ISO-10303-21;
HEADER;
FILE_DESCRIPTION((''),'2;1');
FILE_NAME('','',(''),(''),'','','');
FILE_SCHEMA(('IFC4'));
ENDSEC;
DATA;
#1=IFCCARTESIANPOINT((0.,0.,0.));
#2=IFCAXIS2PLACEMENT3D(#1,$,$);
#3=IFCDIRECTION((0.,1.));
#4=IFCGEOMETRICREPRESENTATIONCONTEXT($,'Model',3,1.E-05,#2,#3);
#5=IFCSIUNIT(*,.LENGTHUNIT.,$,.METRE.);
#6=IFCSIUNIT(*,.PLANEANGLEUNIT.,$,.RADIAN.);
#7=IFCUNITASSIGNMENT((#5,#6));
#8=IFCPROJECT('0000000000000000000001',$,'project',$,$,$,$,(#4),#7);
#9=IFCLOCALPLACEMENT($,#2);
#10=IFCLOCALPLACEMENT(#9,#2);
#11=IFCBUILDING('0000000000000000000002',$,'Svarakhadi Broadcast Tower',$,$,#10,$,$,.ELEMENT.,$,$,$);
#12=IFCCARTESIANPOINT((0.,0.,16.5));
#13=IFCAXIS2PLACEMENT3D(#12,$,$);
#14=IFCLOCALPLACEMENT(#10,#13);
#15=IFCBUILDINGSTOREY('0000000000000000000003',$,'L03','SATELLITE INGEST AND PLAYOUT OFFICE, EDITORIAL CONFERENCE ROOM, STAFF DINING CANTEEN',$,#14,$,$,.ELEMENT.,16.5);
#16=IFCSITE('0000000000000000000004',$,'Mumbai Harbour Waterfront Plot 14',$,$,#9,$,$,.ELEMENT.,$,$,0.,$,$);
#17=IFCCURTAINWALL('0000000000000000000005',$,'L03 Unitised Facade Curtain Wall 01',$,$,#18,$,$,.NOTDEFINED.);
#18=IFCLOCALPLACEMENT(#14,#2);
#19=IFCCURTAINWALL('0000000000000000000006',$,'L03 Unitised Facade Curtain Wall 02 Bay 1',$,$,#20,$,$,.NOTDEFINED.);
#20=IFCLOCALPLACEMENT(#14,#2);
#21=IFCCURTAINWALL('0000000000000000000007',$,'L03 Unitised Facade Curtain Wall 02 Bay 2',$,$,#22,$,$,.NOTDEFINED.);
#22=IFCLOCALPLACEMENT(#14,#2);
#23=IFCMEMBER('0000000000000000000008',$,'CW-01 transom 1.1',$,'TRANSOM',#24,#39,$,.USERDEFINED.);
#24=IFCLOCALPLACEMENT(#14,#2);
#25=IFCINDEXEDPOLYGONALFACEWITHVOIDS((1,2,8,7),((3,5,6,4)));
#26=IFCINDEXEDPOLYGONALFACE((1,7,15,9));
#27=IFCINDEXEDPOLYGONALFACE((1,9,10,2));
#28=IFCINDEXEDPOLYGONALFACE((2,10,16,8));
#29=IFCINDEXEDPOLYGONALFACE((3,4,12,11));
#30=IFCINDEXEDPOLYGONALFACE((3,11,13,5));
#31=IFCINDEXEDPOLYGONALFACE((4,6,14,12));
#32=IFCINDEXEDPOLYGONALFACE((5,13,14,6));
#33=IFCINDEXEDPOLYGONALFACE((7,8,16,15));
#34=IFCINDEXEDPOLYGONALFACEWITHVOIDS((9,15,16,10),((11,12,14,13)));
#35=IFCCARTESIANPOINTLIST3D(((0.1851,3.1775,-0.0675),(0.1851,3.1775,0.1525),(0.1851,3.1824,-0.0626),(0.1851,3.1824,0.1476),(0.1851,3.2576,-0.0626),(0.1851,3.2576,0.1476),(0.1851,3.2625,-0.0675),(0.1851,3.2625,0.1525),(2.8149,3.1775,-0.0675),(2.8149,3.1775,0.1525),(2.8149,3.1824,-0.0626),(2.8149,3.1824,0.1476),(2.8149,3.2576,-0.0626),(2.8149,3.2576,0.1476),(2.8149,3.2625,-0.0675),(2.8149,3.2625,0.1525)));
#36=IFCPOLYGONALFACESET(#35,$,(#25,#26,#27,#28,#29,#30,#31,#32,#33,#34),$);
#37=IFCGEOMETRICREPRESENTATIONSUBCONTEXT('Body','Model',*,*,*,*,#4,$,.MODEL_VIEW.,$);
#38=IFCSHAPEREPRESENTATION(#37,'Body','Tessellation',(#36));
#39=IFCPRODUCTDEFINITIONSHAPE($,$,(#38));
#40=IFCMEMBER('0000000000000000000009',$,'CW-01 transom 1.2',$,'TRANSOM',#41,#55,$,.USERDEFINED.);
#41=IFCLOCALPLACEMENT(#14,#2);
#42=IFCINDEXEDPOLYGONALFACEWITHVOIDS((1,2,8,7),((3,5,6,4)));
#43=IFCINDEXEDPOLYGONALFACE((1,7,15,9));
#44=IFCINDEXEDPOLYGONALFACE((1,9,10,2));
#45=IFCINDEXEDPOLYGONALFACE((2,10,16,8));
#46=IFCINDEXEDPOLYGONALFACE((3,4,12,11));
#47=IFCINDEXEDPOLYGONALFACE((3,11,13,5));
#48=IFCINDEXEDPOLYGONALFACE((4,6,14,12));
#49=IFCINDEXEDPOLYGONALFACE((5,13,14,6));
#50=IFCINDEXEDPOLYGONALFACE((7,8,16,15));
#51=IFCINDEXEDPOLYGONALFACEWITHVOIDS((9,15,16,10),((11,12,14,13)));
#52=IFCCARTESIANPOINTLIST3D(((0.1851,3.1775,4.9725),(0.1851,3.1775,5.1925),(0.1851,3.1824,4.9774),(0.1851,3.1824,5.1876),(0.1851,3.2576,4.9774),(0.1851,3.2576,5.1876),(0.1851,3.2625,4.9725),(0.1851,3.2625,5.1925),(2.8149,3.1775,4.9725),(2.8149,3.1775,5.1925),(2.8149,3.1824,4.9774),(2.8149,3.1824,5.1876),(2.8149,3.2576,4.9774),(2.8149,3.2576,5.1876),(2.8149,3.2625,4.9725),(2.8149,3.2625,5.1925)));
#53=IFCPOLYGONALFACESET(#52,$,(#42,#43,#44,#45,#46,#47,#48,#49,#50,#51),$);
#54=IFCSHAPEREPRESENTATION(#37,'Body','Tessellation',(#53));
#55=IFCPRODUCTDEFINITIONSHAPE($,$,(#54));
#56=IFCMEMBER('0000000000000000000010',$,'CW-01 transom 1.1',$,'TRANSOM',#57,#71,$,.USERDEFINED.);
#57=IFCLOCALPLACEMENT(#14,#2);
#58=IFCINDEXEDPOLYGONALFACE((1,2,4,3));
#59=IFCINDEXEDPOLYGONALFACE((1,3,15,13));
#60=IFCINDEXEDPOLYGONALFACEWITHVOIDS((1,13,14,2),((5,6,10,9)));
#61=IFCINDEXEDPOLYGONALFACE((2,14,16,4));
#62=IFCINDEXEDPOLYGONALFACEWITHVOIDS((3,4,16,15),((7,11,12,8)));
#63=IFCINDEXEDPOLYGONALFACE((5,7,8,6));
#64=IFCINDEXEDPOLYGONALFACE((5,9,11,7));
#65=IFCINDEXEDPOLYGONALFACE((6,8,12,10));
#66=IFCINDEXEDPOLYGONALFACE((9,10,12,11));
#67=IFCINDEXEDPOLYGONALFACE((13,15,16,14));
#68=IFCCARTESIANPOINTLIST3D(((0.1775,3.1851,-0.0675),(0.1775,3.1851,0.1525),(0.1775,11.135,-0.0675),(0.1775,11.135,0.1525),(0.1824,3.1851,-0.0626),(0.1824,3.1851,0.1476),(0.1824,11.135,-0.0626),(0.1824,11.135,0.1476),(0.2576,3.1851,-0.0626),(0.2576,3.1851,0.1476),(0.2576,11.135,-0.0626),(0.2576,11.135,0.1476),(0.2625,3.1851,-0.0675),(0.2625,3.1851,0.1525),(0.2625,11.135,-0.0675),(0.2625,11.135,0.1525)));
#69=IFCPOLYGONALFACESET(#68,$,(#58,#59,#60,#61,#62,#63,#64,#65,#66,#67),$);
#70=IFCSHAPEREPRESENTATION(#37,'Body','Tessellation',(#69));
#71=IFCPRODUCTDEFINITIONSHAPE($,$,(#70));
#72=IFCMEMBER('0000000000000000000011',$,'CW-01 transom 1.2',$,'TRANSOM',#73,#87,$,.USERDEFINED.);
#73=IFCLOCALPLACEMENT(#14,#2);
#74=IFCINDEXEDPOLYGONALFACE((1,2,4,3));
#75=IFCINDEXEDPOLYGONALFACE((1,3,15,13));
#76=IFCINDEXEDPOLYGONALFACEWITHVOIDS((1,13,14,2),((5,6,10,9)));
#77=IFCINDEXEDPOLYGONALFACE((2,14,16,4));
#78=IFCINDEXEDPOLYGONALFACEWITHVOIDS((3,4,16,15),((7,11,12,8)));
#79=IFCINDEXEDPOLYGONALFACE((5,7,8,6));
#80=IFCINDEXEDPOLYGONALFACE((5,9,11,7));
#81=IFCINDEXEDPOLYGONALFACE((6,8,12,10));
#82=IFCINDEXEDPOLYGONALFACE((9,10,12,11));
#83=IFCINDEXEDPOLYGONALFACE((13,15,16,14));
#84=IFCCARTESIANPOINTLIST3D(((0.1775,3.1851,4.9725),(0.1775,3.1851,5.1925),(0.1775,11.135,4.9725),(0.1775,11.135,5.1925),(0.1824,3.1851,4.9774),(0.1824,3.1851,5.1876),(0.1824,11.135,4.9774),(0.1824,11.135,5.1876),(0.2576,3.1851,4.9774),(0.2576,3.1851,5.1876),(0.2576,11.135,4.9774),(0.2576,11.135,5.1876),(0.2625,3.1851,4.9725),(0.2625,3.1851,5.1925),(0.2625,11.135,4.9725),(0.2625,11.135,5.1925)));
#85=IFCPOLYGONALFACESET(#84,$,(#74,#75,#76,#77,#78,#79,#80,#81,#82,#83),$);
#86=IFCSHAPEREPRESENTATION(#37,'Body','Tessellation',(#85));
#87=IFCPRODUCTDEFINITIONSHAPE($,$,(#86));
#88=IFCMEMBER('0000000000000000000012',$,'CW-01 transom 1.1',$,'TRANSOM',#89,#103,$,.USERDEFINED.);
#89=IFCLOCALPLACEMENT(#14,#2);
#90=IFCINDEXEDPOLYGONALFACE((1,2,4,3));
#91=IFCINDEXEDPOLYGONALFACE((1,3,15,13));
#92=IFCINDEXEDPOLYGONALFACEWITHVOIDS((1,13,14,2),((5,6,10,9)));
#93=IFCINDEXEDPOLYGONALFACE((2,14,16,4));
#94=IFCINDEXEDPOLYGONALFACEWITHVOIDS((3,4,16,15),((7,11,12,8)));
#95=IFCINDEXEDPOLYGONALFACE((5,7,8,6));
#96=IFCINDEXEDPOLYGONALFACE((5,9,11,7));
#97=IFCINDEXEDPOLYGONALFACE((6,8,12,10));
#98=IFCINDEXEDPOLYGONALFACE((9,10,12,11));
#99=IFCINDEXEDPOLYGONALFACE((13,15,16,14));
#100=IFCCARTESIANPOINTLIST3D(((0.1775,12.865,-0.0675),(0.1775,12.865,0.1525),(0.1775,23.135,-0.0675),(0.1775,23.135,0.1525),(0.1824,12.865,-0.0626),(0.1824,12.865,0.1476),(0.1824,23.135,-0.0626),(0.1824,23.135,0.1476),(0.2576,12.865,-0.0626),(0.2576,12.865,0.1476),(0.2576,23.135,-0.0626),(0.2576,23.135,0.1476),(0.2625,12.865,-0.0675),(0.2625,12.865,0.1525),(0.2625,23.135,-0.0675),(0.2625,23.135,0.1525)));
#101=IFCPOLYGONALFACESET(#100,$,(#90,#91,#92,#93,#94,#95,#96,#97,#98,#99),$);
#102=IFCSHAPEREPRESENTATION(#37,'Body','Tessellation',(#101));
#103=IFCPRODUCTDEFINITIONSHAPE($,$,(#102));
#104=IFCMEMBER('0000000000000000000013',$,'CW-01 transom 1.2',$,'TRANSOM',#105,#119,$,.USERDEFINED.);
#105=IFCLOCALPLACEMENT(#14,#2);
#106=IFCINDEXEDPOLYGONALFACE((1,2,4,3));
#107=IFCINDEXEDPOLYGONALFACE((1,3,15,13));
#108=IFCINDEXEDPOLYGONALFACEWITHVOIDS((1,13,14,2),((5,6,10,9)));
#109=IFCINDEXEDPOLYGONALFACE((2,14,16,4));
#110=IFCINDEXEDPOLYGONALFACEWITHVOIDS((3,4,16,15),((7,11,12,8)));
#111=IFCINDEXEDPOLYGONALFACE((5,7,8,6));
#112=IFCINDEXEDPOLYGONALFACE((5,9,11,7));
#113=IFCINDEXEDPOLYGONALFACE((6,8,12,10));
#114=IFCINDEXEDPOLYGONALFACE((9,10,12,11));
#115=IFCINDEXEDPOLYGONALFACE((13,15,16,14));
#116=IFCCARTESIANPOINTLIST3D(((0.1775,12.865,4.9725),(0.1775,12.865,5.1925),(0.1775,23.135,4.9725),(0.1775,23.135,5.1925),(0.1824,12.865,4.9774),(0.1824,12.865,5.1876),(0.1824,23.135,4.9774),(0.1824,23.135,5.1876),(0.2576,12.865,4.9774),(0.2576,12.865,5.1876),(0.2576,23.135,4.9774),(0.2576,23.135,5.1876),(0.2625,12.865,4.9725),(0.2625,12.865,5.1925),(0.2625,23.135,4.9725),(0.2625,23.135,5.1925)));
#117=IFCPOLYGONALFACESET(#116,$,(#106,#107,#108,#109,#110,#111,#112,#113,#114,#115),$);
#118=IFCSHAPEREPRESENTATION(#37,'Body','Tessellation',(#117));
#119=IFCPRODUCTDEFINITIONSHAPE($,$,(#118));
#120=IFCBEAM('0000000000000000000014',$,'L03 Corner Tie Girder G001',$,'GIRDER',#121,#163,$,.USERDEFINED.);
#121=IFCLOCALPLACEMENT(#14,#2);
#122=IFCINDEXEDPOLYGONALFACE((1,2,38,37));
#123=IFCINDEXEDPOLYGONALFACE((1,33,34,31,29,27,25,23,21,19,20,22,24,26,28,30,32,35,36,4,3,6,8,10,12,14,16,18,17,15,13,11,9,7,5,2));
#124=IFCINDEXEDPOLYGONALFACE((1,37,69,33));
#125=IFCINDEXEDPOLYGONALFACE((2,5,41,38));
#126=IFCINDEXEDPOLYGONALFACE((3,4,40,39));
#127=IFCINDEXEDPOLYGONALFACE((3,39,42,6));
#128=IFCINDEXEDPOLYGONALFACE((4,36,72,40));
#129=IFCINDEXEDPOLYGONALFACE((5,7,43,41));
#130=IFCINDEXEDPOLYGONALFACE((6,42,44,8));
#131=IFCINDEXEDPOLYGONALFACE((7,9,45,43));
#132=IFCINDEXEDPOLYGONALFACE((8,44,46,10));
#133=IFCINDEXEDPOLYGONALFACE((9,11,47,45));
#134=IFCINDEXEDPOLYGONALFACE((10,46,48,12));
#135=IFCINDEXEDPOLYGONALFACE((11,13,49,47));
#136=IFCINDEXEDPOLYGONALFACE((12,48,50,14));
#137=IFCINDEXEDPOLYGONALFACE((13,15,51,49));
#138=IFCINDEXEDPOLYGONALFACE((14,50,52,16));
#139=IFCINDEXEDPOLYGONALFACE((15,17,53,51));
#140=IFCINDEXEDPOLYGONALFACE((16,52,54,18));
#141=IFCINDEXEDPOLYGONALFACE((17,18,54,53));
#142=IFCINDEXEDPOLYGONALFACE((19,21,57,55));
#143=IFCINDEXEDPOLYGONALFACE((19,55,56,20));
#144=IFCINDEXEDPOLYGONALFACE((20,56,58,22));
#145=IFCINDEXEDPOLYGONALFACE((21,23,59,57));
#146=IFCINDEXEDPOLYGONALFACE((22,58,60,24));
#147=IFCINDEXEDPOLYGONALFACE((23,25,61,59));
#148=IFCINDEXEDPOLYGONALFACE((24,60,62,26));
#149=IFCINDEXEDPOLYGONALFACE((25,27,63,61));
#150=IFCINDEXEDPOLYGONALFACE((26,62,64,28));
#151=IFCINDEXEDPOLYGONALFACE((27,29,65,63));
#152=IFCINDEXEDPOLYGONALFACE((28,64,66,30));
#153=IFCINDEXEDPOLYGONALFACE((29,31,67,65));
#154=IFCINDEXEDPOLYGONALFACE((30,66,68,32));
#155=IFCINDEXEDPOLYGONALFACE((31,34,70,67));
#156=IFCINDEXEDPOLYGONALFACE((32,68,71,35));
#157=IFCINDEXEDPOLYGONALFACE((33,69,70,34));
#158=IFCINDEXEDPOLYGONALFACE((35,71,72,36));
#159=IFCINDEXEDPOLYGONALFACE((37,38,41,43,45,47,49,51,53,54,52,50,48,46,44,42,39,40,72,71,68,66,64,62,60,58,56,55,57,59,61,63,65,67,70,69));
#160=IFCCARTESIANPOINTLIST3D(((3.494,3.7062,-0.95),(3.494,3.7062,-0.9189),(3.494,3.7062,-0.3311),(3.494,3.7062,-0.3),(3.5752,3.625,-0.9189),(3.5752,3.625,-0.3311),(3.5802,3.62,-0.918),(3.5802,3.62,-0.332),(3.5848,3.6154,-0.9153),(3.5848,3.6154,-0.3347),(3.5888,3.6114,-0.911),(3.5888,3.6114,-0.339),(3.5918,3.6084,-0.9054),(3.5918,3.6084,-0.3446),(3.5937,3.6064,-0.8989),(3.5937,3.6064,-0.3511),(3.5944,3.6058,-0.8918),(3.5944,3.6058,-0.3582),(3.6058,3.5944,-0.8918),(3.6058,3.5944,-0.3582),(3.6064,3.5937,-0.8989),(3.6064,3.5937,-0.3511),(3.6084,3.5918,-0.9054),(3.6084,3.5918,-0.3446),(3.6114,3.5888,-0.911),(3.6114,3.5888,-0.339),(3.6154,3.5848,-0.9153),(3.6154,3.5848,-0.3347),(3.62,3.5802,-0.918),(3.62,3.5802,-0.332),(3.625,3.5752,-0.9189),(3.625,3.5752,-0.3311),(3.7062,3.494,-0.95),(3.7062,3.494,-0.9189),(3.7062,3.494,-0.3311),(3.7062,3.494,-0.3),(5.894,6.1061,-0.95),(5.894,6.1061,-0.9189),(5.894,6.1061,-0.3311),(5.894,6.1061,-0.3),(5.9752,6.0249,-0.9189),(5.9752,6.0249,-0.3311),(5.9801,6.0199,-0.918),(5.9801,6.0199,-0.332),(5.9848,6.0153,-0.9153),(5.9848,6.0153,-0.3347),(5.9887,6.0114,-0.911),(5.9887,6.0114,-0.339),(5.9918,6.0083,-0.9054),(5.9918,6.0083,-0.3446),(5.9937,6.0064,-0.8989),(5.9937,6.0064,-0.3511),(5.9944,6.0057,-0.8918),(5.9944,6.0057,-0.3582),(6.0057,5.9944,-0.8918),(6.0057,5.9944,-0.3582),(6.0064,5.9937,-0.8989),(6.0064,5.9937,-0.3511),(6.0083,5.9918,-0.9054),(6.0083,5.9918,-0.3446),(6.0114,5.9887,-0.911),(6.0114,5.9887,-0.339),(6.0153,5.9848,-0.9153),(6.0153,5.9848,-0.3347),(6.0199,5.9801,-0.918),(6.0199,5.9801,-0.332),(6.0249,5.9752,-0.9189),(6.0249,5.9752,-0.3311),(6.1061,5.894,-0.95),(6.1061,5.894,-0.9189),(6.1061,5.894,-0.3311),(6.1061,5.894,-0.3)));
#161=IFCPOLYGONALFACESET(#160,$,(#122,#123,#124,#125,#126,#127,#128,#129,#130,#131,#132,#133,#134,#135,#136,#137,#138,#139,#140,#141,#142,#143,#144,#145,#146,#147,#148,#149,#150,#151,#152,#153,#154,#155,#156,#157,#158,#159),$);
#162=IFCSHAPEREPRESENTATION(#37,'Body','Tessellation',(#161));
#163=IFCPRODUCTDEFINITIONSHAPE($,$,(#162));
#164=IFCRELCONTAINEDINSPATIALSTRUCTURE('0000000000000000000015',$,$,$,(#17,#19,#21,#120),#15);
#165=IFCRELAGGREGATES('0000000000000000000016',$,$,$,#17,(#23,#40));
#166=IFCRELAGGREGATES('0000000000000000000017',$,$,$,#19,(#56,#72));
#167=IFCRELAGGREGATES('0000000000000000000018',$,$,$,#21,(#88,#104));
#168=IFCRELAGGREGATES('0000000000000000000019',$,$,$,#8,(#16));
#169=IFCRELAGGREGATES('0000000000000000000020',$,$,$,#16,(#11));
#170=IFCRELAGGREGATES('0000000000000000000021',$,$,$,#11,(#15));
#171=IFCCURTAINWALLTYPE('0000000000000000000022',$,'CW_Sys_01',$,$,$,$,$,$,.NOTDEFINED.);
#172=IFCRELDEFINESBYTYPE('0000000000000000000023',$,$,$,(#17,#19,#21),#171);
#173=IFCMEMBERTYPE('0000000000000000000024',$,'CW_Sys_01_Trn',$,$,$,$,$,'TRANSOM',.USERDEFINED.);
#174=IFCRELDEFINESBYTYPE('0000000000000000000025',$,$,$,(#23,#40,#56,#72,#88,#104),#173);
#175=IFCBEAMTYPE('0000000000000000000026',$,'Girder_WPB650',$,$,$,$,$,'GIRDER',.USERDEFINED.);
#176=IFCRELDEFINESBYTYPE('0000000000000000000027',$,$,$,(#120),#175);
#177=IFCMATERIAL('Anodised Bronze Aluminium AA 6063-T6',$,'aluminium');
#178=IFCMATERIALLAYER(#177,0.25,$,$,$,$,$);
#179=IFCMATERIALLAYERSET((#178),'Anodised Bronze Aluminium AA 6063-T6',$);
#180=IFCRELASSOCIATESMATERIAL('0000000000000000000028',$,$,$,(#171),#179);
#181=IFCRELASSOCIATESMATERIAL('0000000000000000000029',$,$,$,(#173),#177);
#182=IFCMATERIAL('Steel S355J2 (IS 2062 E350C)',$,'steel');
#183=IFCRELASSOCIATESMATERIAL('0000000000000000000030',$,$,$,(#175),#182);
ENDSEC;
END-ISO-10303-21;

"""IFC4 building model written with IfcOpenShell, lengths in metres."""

from ifc_helpers import new_model, si_unit, direction, frame, origin, origin_2d, place, context, subcontext, project, spatial, hollow_rectangle, i_section, extrude, material, layer, layer_set, material_profile, profile_set, type_object, element, aggregate, save


model = new_model("IFC4")

# Units and contexts
model_context = context("Model", 3, precision=1e-05, world=origin(), true_north=direction((0.0, 1.0)))
body_context = subcontext(model_context, "Body", "Model", "MODEL_VIEW")
ifc_project = project(units=[si_unit("LENGTHUNIT", "METRE"), si_unit("PLANEANGLEUNIT", "RADIAN")], contexts=[model_context])

# Site, building, storey
site_placement = place(None, origin())
site = spatial("IfcSite", under=ifc_project, at=site_placement, Name="Mumbai Harbour Waterfront Plot 14", CompositionType="ELEMENT", RefElevation=0.0)
building_placement = place(site_placement, origin())
building = spatial("IfcBuilding", under=site, at=building_placement, Name="Svarakhadi Broadcast Tower", CompositionType="ELEMENT")
storey_placement = place(building_placement, frame((0.0, 0.0, 16.5)))
storey = spatial("IfcBuildingStorey", under=building, at=storey_placement, Name="L03", Description="SATELLITE INGEST AND PLAYOUT OFFICE, EDITORIAL CONFERENCE ROOM, STAFF DINING CANTEEN", CompositionType="ELEMENT", Elevation=16.5)

# Shared definitions
ifc_material_1 = material(Name="Steel S355J2 (IS 2062 E350C)", Category="steel")

# Curtain walls
ifc_material_2 = material(Name="Anodised Bronze Aluminium AA 6063-T6", Category="aluminium")
ifc_layer_1 = layer(ifc_material_2, 0.25)
ifc_layer_set_1 = layer_set([ifc_layer_1], Name="Anodised Bronze Aluminium AA 6063-T6")
curtain_wall_type = type_object("IfcCurtainWallType", Name="CW_Sys_01", PredefinedType="NOTDEFINED", material=ifc_layer_set_1)
curtain_wall_1_placement = place(storey_placement, origin())
curtain_wall_1 = element("IfcCurtainWall", 1, at=curtain_wall_1_placement, inside=storey, type_object=curtain_wall_type, Name="L03 Unitised Facade Curtain Wall 01", PredefinedType="NOTDEFINED")
curtain_wall_2_placement = place(storey_placement, origin())
curtain_wall_2 = element("IfcCurtainWall", 2, at=curtain_wall_2_placement, inside=storey, type_object=curtain_wall_type, Name="L03 Unitised Facade Curtain Wall 02 Bay 1", PredefinedType="NOTDEFINED")

# Curtain wall
curtain_wall_3_placement = place(storey_placement, origin())
curtain_wall_3 = element("IfcCurtainWall", 3, at=curtain_wall_3_placement, inside=storey, type_object=curtain_wall_type, Name="L03 Unitised Facade Curtain Wall 02 Bay 2", PredefinedType="NOTDEFINED")

# Members
ifc_material_profile_1 = material_profile(ifc_material_2, hollow_rectangle(XDim=0.085, YDim=0.22, WallThickness=0.0049, at=origin_2d()), Name="ALU TRANSOM 220x85x5")
ifc_profile_set_1 = profile_set([ifc_material_profile_1], Name="Anodised Bronze Aluminium AA 6063-T6")
member_type_1 = type_object("IfcMemberType", Name="CW_Sys_01_Trn", ElementType="TRANSOM", PredefinedType="USERDEFINED", material=ifc_profile_set_1)
member_1_placement = place(storey_placement, frame((2.8149, 3.22, 0.0425), z_axis=(-1.0, 0.0, 0.0), x_axis=(0.0, -1.0, 0.0)))
member_1 = element("IfcMember", 4, at=member_1_placement, type_object=member_type_1, Name="CW-01 transom 1.1", ObjectType="TRANSOM", PredefinedType="USERDEFINED", context=body_context, shape_type="SweptSolid", body=[
    extrude(hollow_rectangle(XDim=0.085, YDim=0.22, WallThickness=0.0049, at=origin_2d()), origin(), (0.0, 0.0, 1.0), 2.6299),
])
member_2_placement = place(storey_placement, frame((2.8149, 3.22, 5.0825), z_axis=(-1.0, 0.0, 0.0), x_axis=(0.0, -1.0, 0.0)))
member_2 = element("IfcMember", 5, at=member_2_placement, type_object=member_type_1, Name="CW-01 transom 1.2", ObjectType="TRANSOM", PredefinedType="USERDEFINED", context=body_context, shape_type="SweptSolid", body=[
    extrude(hollow_rectangle(XDim=0.085, YDim=0.22, WallThickness=0.0049, at=origin_2d()), origin(), (0.0, 0.0, 1.0), 2.6299),
])
member_3_placement = place(storey_placement, frame((0.22, 3.1851, 0.0425), z_axis=(0.0, 1.0, 0.0), x_axis=(-1.0, 0.0, 0.0)))
member_3 = element("IfcMember", 6, at=member_3_placement, type_object=member_type_1, Name="CW-01 transom 1.1", ObjectType="TRANSOM", PredefinedType="USERDEFINED", context=body_context, shape_type="SweptSolid", body=[
    extrude(hollow_rectangle(XDim=0.085, YDim=0.22, WallThickness=0.0049, at=origin_2d()), origin(), (0.0, 0.0, 1.0), 7.95),
])
member_4_placement = place(storey_placement, frame((0.22, 3.1851, 5.0825), z_axis=(0.0, 1.0, 0.0), x_axis=(-1.0, 0.0, 0.0)))
member_4 = element("IfcMember", 7, at=member_4_placement, type_object=member_type_1, Name="CW-01 transom 1.2", ObjectType="TRANSOM", PredefinedType="USERDEFINED", context=body_context, shape_type="SweptSolid", body=[
    extrude(hollow_rectangle(XDim=0.085, YDim=0.22, WallThickness=0.0049, at=origin_2d()), origin(), (0.0, 0.0, 1.0), 7.95),
])
member_5_placement = place(storey_placement, frame((0.22, 12.865, 0.0425), z_axis=(0.0, 1.0, 0.0), x_axis=(-1.0, 0.0, 0.0)))
member_5 = element("IfcMember", 8, at=member_5_placement, type_object=member_type_1, Name="CW-01 transom 1.1", ObjectType="TRANSOM", PredefinedType="USERDEFINED", context=body_context, shape_type="SweptSolid", body=[
    extrude(hollow_rectangle(XDim=0.085, YDim=0.22, WallThickness=0.0049, at=origin_2d()), origin(), (0.0, 0.0, 1.0), 10.27),
])
member_6_placement = place(storey_placement, frame((0.22, 12.865, 5.0825), z_axis=(0.0, 1.0, 0.0), x_axis=(-1.0, 0.0, 0.0)))
member_6 = element("IfcMember", 9, at=member_6_placement, type_object=member_type_1, Name="CW-01 transom 1.2", ObjectType="TRANSOM", PredefinedType="USERDEFINED", context=body_context, shape_type="SweptSolid", body=[
    extrude(hollow_rectangle(XDim=0.085, YDim=0.22, WallThickness=0.0049, at=origin_2d()), origin(), (0.0, 0.0, 1.0), 10.27),
])

# Beam
ifc_material_profile_2 = material_profile(ifc_material_1, i_section(OverallWidth=0.3, OverallDepth=0.6499, WebThickness=0.0161, FlangeThickness=0.031, FilletRadius=0.0271, at=origin_2d()), Name="WPB 650x300x225")
ifc_profile_set_2 = profile_set([ifc_material_profile_2], Name="Steel S355J2 (IS 2062 E350C)")
beam_type_1 = type_object("IfcBeamType", Name="Girder_WPB650", ElementType="GIRDER", PredefinedType="USERDEFINED", material=ifc_profile_set_2)
beam_placement = place(storey_placement, frame((3.6001, 3.6001, -0.625), z_axis=(0.707107, 0.707107, 0.0), x_axis=(-0.707107, 0.707107, 0.0)))
element("IfcBeam", 10, at=beam_placement, inside=storey, type_object=beam_type_1, Name="L03 Corner Tie Girder G001", ObjectType="GIRDER", PredefinedType="USERDEFINED", context=body_context, shape_type="SweptSolid", body=[
    extrude(i_section(OverallWidth=0.3, OverallDepth=0.6499, WebThickness=0.0161, FlangeThickness=0.031, FilletRadius=0.0271, at=origin_2d()), origin(), (0.0, 0.0, 1.0), 3.394),
])

aggregate(curtain_wall_1, [member_1, member_2])
aggregate(curtain_wall_2, [member_3, member_4])
aggregate(curtain_wall_3, [member_5, member_6])

save(model, "model.ifc")
